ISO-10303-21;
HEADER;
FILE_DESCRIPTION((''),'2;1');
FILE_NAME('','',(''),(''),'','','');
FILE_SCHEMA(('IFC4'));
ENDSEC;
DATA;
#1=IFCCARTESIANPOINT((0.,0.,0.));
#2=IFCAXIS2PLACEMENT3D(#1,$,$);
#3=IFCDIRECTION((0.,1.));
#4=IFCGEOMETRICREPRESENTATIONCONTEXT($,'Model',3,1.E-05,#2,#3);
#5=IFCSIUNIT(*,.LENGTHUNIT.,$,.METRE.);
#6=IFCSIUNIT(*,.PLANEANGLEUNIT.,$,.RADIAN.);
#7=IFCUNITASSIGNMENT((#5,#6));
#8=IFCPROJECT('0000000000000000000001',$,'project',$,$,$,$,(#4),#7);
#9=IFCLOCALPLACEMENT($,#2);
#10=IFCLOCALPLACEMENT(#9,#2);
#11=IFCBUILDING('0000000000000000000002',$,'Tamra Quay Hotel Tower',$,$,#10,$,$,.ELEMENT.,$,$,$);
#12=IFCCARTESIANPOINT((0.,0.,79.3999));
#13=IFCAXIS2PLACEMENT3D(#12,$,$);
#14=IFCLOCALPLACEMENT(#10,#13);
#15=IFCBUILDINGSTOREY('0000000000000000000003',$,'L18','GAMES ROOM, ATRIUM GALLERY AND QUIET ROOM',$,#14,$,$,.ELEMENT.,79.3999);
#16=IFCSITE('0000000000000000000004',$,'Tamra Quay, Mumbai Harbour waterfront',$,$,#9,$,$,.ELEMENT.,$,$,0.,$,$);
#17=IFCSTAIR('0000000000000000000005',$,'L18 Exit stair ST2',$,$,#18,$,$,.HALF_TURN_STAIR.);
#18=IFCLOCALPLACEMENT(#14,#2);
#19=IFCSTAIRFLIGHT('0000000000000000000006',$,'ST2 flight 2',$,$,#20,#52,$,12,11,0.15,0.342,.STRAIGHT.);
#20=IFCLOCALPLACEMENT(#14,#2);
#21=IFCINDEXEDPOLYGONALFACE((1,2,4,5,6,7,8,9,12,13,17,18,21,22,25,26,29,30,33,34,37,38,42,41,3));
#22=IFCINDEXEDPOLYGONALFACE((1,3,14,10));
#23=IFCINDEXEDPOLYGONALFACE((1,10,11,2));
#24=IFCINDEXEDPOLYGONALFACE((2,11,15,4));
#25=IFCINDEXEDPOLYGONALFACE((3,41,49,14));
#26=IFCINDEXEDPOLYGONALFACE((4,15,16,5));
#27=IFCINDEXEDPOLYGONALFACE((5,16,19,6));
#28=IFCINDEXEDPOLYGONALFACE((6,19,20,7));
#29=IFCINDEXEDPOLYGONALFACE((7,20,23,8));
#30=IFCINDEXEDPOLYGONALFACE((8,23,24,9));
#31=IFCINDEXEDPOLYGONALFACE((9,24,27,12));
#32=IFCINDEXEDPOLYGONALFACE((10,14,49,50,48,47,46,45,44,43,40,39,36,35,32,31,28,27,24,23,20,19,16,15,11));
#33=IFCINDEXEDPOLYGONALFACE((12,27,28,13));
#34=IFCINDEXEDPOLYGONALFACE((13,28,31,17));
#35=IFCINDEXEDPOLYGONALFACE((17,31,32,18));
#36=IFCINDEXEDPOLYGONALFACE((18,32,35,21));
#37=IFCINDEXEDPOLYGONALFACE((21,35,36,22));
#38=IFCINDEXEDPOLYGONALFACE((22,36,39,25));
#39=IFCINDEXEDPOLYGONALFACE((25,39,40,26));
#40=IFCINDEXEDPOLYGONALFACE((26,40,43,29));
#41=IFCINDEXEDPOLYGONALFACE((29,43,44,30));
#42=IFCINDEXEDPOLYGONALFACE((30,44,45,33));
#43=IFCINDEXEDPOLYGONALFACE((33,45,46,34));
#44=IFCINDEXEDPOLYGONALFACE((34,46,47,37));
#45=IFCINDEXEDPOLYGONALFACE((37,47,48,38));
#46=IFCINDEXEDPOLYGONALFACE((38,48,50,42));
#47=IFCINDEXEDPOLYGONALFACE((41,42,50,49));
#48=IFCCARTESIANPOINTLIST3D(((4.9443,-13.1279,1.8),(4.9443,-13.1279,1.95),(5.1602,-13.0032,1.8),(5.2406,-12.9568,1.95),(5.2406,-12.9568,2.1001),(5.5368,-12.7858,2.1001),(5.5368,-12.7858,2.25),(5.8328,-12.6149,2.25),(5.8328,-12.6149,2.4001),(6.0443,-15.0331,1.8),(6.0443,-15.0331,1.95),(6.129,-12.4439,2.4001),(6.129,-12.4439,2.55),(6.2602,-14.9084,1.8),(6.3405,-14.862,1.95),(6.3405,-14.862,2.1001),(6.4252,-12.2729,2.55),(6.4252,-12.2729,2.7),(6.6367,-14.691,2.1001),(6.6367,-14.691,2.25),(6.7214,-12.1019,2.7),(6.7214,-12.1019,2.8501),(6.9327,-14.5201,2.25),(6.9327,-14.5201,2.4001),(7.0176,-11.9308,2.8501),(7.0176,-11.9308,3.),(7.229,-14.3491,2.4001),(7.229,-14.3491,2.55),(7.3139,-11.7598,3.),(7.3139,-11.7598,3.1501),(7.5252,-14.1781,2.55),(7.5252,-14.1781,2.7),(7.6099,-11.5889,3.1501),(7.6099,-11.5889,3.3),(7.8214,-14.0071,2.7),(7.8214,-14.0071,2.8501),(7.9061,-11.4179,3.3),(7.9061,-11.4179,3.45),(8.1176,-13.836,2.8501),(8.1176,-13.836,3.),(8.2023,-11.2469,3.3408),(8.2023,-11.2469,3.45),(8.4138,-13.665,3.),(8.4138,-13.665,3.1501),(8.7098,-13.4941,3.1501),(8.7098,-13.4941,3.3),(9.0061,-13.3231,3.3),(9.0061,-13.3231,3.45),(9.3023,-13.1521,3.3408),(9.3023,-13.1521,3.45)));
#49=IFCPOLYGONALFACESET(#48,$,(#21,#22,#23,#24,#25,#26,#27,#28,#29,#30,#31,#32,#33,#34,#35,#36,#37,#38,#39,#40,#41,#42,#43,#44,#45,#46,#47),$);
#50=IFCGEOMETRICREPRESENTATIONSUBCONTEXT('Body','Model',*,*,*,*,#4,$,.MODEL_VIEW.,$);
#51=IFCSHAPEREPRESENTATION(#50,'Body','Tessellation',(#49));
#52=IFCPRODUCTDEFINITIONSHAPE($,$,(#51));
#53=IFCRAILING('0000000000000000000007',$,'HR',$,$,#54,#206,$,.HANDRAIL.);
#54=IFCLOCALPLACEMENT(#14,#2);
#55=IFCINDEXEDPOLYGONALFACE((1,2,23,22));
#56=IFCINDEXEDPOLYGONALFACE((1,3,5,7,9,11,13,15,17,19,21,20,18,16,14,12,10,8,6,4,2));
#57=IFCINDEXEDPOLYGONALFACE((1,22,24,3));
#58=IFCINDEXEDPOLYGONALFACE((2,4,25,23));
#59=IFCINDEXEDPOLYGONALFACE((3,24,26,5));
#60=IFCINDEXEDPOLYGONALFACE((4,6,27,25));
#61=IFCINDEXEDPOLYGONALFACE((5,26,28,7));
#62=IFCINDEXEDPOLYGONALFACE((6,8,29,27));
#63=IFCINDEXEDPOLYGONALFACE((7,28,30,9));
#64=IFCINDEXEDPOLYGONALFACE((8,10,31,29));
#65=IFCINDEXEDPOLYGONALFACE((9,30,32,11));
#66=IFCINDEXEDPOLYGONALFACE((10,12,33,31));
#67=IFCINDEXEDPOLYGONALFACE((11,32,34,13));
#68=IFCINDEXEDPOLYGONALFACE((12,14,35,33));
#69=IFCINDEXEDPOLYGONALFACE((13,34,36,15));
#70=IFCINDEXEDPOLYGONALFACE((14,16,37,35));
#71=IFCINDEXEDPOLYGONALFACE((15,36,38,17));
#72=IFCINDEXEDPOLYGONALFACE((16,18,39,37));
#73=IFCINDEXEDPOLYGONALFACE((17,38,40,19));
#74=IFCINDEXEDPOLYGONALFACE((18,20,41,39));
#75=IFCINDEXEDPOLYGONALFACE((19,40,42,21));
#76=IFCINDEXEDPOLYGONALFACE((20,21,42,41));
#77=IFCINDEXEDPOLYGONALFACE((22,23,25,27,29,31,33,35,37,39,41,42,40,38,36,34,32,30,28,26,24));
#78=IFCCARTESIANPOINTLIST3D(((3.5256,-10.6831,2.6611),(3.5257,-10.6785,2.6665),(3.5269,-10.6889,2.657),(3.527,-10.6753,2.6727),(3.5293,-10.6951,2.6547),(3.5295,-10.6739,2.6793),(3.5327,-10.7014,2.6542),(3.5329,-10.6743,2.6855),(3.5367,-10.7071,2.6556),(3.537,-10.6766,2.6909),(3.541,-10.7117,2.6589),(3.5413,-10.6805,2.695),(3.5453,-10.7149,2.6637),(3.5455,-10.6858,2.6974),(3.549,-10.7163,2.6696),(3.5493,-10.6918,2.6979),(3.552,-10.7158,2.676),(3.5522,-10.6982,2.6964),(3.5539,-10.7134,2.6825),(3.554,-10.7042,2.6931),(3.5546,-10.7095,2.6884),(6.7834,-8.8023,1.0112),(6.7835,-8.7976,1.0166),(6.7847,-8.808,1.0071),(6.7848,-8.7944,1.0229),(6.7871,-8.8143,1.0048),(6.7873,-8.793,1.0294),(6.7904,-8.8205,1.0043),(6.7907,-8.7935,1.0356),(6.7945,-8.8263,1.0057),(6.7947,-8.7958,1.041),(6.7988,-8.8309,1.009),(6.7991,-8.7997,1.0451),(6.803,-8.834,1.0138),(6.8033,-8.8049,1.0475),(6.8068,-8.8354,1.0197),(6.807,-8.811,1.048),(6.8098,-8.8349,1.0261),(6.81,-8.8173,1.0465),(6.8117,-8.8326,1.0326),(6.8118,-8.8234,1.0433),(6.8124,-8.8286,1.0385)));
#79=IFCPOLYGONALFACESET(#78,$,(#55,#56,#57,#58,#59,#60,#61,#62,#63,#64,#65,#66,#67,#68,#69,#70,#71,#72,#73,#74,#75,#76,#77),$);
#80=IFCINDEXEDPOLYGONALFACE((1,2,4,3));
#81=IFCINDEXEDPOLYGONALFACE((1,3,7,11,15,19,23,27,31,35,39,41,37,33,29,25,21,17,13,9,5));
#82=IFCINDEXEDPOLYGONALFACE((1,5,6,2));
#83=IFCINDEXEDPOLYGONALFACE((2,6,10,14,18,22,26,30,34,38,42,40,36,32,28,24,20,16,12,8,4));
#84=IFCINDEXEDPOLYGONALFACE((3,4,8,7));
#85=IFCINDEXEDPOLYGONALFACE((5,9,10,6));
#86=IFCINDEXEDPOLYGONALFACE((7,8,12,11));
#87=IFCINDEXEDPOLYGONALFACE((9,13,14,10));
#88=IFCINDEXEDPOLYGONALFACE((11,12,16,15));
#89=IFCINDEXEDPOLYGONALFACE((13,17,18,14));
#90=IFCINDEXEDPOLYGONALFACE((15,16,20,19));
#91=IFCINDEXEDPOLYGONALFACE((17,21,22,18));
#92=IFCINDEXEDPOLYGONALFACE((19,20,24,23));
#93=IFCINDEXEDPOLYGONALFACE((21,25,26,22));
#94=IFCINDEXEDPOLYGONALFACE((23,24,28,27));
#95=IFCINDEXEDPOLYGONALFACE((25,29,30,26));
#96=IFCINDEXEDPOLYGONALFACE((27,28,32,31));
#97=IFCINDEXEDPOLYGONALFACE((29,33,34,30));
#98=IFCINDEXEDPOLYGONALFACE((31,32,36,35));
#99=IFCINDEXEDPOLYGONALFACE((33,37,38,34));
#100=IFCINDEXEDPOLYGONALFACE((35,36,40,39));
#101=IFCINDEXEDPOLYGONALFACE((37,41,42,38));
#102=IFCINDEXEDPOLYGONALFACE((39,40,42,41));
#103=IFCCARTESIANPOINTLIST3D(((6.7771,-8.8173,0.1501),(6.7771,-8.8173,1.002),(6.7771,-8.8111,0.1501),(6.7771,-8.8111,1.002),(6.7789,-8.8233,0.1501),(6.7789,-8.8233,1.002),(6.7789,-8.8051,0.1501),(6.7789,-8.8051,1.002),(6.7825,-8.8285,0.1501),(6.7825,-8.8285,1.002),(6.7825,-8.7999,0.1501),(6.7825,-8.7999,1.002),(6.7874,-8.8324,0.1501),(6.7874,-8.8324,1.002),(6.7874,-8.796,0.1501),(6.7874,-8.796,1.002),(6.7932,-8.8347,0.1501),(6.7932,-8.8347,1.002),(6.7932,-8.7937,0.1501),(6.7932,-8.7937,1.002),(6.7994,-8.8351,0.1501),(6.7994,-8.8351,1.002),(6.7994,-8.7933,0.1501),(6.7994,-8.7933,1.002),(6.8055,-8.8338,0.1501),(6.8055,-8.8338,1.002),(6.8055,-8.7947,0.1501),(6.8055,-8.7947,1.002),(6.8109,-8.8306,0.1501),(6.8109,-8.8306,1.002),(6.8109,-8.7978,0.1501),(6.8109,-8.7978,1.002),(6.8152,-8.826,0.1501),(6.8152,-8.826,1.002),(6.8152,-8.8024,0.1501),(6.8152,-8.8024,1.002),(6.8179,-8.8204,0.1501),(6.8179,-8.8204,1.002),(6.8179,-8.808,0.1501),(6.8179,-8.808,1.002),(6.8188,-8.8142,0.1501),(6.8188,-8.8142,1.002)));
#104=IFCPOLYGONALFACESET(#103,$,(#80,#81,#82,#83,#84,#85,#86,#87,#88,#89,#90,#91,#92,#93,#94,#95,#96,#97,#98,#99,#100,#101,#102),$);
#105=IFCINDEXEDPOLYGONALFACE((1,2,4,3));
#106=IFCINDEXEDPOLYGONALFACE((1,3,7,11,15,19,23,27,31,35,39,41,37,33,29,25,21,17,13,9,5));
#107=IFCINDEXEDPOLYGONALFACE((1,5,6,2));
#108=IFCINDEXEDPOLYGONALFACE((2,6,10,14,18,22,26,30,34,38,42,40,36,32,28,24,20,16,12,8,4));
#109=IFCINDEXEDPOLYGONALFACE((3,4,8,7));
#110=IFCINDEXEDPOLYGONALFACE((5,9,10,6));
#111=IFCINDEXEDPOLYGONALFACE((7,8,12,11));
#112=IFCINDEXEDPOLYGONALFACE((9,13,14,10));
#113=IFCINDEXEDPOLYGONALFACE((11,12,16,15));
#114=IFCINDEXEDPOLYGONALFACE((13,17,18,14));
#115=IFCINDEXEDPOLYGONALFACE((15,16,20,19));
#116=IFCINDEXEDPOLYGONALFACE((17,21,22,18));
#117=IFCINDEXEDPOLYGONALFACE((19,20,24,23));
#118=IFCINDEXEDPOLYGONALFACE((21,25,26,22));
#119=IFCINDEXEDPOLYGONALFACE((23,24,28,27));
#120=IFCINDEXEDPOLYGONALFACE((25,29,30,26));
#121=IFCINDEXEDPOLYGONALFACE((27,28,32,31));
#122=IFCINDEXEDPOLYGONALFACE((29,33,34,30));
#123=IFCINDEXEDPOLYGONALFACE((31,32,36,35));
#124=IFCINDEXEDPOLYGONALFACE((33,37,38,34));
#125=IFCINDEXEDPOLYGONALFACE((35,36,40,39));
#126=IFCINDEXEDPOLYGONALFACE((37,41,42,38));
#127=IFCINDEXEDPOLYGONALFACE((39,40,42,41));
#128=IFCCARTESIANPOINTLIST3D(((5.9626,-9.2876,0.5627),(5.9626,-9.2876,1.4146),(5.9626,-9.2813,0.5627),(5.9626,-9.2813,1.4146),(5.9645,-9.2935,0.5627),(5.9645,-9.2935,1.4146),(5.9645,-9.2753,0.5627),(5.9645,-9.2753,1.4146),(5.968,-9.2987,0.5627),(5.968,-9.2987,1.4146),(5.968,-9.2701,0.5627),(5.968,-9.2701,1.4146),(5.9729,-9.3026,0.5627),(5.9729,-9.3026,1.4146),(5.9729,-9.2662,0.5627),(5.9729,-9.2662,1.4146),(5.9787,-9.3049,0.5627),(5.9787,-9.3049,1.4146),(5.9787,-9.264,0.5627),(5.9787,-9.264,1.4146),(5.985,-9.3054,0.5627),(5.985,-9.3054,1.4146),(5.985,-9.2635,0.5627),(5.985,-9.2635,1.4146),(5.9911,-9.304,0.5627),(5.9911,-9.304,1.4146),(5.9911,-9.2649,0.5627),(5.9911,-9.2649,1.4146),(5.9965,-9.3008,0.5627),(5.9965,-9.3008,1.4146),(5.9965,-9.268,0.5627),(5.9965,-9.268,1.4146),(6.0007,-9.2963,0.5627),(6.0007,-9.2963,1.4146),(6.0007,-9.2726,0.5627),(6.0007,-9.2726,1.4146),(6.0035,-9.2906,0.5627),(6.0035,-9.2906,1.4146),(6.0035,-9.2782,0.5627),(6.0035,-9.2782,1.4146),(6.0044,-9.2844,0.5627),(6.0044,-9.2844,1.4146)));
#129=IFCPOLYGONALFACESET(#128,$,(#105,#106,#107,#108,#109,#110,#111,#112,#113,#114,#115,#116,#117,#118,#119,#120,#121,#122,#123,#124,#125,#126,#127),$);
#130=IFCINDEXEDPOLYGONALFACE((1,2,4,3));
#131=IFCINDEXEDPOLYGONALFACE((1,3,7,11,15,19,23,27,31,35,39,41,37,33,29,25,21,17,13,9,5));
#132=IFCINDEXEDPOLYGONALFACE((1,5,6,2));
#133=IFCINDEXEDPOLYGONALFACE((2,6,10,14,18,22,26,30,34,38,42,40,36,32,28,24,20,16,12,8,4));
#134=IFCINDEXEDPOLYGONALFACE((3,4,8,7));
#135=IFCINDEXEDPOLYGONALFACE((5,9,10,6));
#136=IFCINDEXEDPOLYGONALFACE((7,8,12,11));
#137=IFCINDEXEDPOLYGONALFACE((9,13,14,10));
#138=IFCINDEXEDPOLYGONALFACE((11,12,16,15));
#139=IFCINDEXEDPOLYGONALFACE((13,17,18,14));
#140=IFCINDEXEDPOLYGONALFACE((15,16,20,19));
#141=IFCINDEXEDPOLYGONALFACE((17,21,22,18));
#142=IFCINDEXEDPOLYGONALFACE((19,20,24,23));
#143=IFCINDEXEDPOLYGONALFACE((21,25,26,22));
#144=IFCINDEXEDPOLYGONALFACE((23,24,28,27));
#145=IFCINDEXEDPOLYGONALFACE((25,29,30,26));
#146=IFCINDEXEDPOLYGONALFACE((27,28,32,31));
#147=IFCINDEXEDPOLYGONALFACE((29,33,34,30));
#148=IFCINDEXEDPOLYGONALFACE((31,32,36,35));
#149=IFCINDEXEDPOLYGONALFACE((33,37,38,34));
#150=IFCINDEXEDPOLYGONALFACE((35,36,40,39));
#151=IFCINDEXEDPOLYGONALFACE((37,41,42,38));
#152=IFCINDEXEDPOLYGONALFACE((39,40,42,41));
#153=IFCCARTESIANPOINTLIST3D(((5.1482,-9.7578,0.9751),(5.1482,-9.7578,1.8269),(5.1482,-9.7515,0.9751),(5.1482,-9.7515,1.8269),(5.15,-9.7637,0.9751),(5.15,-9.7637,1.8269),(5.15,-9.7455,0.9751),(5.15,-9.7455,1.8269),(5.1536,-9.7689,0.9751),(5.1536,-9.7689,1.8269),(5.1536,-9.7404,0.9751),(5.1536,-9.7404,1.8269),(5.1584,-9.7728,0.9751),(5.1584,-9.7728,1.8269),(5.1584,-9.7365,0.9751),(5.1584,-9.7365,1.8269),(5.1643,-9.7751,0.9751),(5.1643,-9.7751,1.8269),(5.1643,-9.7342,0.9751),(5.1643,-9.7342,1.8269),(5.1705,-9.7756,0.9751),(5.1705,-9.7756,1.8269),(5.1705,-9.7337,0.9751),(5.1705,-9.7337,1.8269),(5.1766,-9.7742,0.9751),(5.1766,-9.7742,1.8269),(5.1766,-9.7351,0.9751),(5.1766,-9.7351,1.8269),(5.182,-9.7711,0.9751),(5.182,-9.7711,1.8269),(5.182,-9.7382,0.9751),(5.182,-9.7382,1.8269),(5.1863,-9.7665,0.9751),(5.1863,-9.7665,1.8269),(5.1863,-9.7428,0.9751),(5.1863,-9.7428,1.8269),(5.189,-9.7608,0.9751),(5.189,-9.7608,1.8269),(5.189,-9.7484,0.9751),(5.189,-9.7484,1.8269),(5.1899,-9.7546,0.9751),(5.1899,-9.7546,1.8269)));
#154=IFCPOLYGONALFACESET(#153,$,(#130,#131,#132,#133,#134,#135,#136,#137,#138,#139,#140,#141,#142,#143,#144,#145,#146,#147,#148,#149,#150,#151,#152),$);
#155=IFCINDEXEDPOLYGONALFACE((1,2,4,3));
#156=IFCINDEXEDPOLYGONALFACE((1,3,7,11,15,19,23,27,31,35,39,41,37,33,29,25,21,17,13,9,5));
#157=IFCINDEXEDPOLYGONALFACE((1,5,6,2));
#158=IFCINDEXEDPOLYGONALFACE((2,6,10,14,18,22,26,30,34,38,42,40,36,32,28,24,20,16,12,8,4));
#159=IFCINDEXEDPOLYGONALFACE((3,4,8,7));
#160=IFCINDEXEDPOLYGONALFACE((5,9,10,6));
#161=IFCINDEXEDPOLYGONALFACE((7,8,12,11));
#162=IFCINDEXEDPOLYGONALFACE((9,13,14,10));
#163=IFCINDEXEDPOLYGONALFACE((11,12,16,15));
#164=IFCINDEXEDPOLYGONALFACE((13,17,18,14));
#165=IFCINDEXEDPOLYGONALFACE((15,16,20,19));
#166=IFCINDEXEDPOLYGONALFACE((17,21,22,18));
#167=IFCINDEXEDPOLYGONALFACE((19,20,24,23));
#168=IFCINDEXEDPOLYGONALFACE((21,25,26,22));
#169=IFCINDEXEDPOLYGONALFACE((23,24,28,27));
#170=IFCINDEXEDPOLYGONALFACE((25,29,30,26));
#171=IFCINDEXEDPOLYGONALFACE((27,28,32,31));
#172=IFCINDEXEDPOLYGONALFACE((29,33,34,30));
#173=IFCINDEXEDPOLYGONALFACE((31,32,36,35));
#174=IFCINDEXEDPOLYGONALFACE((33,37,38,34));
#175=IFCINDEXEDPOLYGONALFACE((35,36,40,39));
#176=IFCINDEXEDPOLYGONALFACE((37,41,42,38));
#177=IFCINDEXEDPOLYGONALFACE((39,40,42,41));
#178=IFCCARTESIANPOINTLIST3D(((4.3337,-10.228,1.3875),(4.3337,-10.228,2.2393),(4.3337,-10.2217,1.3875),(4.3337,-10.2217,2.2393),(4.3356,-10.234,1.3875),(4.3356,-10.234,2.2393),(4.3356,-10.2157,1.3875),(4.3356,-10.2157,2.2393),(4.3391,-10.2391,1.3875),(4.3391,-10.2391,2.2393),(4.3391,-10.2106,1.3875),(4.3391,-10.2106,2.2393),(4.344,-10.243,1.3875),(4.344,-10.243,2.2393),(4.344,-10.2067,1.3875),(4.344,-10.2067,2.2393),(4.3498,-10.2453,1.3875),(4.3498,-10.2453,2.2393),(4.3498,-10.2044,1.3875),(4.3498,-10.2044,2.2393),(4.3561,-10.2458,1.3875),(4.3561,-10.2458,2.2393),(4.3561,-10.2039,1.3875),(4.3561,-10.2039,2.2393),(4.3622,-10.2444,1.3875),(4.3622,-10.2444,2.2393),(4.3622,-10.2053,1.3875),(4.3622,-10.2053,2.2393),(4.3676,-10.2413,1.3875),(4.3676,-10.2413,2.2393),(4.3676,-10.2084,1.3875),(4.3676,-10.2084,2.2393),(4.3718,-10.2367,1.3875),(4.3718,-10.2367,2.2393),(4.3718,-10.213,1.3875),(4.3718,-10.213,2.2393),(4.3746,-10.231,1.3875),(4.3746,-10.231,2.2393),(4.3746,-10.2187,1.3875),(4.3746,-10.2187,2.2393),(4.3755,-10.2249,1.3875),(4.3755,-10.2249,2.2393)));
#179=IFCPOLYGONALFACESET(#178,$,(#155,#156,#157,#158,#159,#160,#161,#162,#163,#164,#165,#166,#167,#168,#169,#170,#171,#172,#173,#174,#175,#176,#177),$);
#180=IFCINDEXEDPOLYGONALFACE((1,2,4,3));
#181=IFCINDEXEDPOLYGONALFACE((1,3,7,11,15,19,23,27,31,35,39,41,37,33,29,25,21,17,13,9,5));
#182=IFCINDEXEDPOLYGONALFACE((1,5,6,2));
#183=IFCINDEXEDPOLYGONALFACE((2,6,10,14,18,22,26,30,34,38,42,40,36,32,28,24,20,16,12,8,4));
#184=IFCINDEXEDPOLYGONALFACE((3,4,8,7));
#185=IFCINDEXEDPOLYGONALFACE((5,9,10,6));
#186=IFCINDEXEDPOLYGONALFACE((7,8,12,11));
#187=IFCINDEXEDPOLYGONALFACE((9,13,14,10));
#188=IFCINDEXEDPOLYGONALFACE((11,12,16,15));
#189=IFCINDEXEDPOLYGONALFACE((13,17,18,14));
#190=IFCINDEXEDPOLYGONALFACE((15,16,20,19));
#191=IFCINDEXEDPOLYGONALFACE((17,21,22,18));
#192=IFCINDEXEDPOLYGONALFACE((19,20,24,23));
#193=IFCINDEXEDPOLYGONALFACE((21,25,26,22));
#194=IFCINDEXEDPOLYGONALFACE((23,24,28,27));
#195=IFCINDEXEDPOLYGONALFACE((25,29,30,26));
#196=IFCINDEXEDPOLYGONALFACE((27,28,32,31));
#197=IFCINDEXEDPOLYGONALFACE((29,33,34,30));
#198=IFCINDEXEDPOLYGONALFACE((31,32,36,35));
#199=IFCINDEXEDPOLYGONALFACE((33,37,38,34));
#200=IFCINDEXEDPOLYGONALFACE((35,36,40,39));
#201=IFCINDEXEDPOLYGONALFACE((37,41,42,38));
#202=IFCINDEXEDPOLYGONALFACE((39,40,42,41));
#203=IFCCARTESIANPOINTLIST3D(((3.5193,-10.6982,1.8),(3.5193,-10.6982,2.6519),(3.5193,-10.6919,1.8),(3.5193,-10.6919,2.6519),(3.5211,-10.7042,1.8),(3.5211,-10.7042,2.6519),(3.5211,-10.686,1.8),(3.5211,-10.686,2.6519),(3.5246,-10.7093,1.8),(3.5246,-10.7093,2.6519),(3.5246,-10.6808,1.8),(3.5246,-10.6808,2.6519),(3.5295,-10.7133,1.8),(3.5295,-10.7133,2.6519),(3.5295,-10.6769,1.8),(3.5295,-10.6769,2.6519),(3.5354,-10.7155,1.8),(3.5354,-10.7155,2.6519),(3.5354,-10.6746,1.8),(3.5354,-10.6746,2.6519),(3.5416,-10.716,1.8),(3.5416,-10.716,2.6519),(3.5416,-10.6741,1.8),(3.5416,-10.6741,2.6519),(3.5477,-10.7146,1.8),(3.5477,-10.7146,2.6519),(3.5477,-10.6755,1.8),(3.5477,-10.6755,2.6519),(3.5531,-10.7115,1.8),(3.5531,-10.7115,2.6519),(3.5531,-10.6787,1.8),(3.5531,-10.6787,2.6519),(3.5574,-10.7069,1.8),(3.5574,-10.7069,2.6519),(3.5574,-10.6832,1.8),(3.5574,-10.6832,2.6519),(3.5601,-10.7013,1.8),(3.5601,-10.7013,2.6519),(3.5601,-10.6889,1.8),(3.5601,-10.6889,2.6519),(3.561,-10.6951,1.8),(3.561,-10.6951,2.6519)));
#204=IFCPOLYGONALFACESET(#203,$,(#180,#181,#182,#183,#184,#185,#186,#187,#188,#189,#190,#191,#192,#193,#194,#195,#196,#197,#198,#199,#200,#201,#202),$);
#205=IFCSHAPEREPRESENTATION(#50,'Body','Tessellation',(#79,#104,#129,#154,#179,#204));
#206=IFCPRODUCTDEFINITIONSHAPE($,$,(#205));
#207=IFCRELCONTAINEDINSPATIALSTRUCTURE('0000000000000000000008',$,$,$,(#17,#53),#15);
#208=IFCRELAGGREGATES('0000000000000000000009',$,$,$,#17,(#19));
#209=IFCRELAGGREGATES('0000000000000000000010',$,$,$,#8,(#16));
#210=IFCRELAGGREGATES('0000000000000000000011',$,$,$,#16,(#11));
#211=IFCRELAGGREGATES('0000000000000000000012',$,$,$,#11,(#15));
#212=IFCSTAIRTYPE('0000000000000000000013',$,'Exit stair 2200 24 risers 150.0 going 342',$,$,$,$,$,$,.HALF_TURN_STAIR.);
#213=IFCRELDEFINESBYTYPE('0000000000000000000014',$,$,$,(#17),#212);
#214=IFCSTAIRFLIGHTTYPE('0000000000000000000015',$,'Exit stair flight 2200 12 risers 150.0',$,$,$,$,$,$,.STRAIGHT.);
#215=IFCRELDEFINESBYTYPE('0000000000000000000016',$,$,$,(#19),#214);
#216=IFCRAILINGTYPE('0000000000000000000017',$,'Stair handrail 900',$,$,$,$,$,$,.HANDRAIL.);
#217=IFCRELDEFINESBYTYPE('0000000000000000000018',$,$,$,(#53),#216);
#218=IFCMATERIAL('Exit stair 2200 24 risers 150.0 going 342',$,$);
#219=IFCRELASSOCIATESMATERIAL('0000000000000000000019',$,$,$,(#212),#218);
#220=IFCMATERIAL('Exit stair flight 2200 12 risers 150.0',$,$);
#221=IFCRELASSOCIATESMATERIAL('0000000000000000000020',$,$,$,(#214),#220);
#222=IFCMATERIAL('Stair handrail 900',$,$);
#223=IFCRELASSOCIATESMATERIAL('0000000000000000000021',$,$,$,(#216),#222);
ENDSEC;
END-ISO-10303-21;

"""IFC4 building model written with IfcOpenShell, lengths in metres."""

from ifc_helpers import new_model, si_unit, direction, frame, origin, origin_2d, place, context, subcontext, project, spatial, polyline, circle, outline, extrude, material, type_object, element, aggregate, save


model = new_model("IFC4")

# Units and contexts
model_context = context("Model", 3, precision=1e-05, world=origin(), true_north=direction((0.0, 1.0)))
body_context = subcontext(model_context, "Body", "Model", "MODEL_VIEW")
ifc_project = project(units=[si_unit("LENGTHUNIT", "METRE"), si_unit("PLANEANGLEUNIT", "RADIAN")], contexts=[model_context])

# Site, building, storey
site_placement = place(None, origin())
site = spatial("IfcSite", under=ifc_project, at=site_placement, Name="Tamra Quay, Mumbai Harbour waterfront", CompositionType="ELEMENT", RefElevation=0.0)
building_placement = place(site_placement, origin())
building = spatial("IfcBuilding", under=site, at=building_placement, Name="Tamra Quay Hotel Tower", CompositionType="ELEMENT")
storey_placement = place(building_placement, frame((0.0, 0.0, 79.3999)))
storey = spatial("IfcBuildingStorey", under=building, at=storey_placement, Name="L18", Description="GAMES ROOM, ATRIUM GALLERY AND QUIET ROOM", CompositionType="ELEMENT", Elevation=79.3999)

# Stair, stair flight
ifc_material_1 = material(Name="Exit stair 2200 24 risers 150.0 going 342")
stair_type = type_object("IfcStairType", Name="Exit stair 2200 24 risers 150.0 going 342", PredefinedType="HALF_TURN_STAIR", material=ifc_material_1)
stair_placement = place(storey_placement, origin())
stair = element("IfcStair", 1, at=stair_placement, inside=storey, type_object=stair_type, Name="L18 Exit stair ST2", PredefinedType="HALF_TURN_STAIR")
ifc_material_2 = material(Name="Exit stair flight 2200 12 risers 150.0")
stair_flight_type = type_object("IfcStairFlightType", Name="Exit stair flight 2200 12 risers 150.0", PredefinedType="STRAIGHT", material=ifc_material_2)
stair_flight_1_placement = place(storey_placement, frame((5.4944, -14.0806, 1.8), z_axis=(0.0, 0.0, 1.0), x_axis=(0.866025, 0.5, 0.0)))
stair_flight_1 = element("IfcStairFlight", 2, at=stair_flight_1_placement, type_object=stair_flight_type, Name="ST2 flight 2", NumberOfRisers=12, NumberOfTreads=11, PredefinedType="STRAIGHT", RiserHeight=0.15, TreadLength=0.342, context=body_context, shape_type="SweptSolid", body=[
    extrude(outline(polyline([(0.0, 0.0), (0.0, 0.1499), (0.342, 0.1499), (0.342, 0.3), (0.6841, 0.3), (0.6841, 0.45), (1.0259, 0.45), (1.0259, 0.6001), (1.3679, 0.6001), (1.3679, 0.75), (1.71, 0.75), (1.71, 0.8999), (2.052, 0.8999), (2.052, 1.05), (2.394, 1.05), (2.394, 1.2), (2.7361, 1.2), (2.7361, 1.3501), (3.0779, 1.3501), (3.0779, 1.5), (3.4199, 1.5), (3.4199, 1.6499), (3.762, 1.6499), (3.762, 1.8), (3.762, 1.5408), (0.2493, 0.0), (0.0, 0.0)])), frame((0.0, 1.1001, 0.0), z_axis=(0.0, -1.0, 0.0), x_axis=(1.0, 0.0, 0.0)), (0.0, 0.0, 1.0), 2.2),
])
aggregate(stair, [stair_flight_1])

# Railing
ifc_material_3 = material(Name="Stair handrail 900")
railing_type_1 = type_object("IfcRailingType", Name="Stair handrail 900", PredefinedType="HANDRAIL", material=ifc_material_3)
railing_1_placement = place(storey_placement, frame((6.7979, -8.8142, 0.1501)))
element("IfcRailing", 3, at=railing_1_placement, inside=storey, type_object=railing_type_1, Name="HR", PredefinedType="HANDRAIL", context=body_context, shape_type="SweptSolid", body=[
    extrude(circle(Radius=0.0239, at=origin_2d()), frame((0.0, 0.0, 0.876), z_axis=(-0.7931, -0.457887, 0.401661), x_axis=(0.499992, -0.86603, 0.0)), (0.0, 0.0, 1.0), 4.1077),
    extrude(circle(Radius=0.021, at=origin_2d()), origin(), (0.0, 0.0, 1.0), 0.8518),
    extrude(circle(Radius=0.021, at=origin_2d()), frame((-0.8145, -0.4702, 0.4126)), (0.0, 0.0, 1.0), 0.8518),
    extrude(circle(Radius=0.021, at=origin_2d()), frame((-1.6289, -0.9404, 0.825)), (0.0, 0.0, 1.0), 0.8518),
    extrude(circle(Radius=0.021, at=origin_2d()), frame((-2.4434, -1.4106, 1.2373)), (0.0, 0.0, 1.0), 0.8518),
    extrude(circle(Radius=0.021, at=origin_2d()), frame((-3.2578, -1.8809, 1.6499)), (0.0, 0.0, 1.0), 0.8518),
])

save(model, "model.ifc")
